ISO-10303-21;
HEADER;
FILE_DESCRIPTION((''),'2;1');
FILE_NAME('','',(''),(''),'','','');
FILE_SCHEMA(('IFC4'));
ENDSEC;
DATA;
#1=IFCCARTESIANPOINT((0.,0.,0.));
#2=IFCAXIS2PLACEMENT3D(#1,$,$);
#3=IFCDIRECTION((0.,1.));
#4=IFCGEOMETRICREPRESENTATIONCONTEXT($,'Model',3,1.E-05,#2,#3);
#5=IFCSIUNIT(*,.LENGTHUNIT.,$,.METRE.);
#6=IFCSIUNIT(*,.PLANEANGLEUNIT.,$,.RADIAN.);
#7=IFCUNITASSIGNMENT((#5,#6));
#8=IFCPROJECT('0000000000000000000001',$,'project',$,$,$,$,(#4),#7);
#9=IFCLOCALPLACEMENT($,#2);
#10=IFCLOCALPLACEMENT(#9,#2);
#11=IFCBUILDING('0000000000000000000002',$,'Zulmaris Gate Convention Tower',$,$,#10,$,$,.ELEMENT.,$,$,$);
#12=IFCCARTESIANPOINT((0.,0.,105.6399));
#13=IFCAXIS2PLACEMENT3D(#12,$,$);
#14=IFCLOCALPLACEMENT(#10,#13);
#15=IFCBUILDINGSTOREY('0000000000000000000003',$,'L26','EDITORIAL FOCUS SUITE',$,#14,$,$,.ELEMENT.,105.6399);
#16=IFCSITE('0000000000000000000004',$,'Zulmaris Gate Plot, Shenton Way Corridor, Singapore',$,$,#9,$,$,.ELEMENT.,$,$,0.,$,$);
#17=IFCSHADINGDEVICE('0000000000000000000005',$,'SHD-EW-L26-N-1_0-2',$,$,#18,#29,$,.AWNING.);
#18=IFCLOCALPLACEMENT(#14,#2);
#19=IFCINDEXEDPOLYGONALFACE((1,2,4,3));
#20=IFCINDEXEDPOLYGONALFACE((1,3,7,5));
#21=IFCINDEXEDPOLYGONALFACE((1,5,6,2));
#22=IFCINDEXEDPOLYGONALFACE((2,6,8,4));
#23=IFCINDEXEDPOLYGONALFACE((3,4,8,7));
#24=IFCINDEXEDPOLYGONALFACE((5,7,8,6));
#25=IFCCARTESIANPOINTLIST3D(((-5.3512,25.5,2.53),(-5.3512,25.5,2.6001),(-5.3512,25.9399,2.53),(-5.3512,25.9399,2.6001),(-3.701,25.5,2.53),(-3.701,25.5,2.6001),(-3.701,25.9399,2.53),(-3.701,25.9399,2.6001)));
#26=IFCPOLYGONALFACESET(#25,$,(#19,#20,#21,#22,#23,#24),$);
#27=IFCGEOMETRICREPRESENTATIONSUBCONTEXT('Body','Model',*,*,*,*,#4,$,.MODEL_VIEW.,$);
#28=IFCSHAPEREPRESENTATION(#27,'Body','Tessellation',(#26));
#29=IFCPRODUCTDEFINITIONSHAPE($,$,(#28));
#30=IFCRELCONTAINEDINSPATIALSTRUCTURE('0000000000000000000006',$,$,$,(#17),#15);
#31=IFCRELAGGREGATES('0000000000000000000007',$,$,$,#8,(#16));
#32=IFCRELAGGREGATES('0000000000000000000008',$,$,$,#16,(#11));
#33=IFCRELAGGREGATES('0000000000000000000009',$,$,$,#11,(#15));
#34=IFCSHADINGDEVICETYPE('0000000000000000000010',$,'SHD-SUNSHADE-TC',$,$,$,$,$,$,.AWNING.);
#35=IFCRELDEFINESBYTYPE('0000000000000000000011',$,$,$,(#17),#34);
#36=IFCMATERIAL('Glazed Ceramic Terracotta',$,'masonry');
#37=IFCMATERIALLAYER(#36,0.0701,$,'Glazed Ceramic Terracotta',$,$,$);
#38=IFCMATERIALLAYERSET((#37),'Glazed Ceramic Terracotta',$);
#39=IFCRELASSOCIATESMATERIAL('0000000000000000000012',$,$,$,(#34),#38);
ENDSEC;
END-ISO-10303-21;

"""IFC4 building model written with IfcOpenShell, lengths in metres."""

from ifc_helpers import new_model, si_unit, direction, frame, frame_2d, origin, place, context, subcontext, project, spatial, rectangle, extrude, material, layer, layer_set, type_object, element, save


model = new_model("IFC4")

# Units and contexts
model_context = context("Model", 3, precision=1e-05, world=origin(), true_north=direction((0.0, 1.0)))
body_context = subcontext(model_context, "Body", "Model", "MODEL_VIEW")
ifc_project = project(units=[si_unit("LENGTHUNIT", "METRE"), si_unit("PLANEANGLEUNIT", "RADIAN")], contexts=[model_context])

# Site, building, storey
site_placement = place(None, origin())
site = spatial("IfcSite", under=ifc_project, at=site_placement, Name="Zulmaris Gate Plot, Shenton Way Corridor, Singapore", CompositionType="ELEMENT", RefElevation=0.0)
building_placement = place(site_placement, origin())
building = spatial("IfcBuilding", under=site, at=building_placement, Name="Zulmaris Gate Convention Tower", CompositionType="ELEMENT")
storey_placement = place(building_placement, frame((0.0, 0.0, 105.6399)))
storey = spatial("IfcBuildingStorey", under=building, at=storey_placement, Name="L26", Description="EDITORIAL FOCUS SUITE", CompositionType="ELEMENT", Elevation=105.6399)

# Shading device
ifc_material_1 = material(Name="Glazed Ceramic Terracotta", Category="masonry")
ifc_layer_1 = layer(ifc_material_1, 0.0701, Name="Glazed Ceramic Terracotta")
ifc_layer_set_1 = layer_set([ifc_layer_1], Name="Glazed Ceramic Terracotta")
shading_device_type = type_object("IfcShadingDeviceType", Name="SHD-SUNSHADE-TC", PredefinedType="AWNING", material=ifc_layer_set_1)
shading_device_placement = place(storey_placement, frame((-3.7009, 25.72, 2.53), z_axis=(0.0, 0.0, 1.0), x_axis=(-1.0, 0.0, 0.0)))
element("IfcShadingDevice", 1, at=shading_device_placement, inside=storey, type_object=shading_device_type, Name="SHD-EW-L26-N-1_0-2", PredefinedType="AWNING", context=body_context, shape_type="SweptSolid", body=[
    extrude(rectangle(XDim=1.6501, YDim=0.4399, at=frame_2d((0.8252, 0.0))), origin(), (0.0, 0.0, 1.0), 0.0701),
])

save(model, "model.ifc")
